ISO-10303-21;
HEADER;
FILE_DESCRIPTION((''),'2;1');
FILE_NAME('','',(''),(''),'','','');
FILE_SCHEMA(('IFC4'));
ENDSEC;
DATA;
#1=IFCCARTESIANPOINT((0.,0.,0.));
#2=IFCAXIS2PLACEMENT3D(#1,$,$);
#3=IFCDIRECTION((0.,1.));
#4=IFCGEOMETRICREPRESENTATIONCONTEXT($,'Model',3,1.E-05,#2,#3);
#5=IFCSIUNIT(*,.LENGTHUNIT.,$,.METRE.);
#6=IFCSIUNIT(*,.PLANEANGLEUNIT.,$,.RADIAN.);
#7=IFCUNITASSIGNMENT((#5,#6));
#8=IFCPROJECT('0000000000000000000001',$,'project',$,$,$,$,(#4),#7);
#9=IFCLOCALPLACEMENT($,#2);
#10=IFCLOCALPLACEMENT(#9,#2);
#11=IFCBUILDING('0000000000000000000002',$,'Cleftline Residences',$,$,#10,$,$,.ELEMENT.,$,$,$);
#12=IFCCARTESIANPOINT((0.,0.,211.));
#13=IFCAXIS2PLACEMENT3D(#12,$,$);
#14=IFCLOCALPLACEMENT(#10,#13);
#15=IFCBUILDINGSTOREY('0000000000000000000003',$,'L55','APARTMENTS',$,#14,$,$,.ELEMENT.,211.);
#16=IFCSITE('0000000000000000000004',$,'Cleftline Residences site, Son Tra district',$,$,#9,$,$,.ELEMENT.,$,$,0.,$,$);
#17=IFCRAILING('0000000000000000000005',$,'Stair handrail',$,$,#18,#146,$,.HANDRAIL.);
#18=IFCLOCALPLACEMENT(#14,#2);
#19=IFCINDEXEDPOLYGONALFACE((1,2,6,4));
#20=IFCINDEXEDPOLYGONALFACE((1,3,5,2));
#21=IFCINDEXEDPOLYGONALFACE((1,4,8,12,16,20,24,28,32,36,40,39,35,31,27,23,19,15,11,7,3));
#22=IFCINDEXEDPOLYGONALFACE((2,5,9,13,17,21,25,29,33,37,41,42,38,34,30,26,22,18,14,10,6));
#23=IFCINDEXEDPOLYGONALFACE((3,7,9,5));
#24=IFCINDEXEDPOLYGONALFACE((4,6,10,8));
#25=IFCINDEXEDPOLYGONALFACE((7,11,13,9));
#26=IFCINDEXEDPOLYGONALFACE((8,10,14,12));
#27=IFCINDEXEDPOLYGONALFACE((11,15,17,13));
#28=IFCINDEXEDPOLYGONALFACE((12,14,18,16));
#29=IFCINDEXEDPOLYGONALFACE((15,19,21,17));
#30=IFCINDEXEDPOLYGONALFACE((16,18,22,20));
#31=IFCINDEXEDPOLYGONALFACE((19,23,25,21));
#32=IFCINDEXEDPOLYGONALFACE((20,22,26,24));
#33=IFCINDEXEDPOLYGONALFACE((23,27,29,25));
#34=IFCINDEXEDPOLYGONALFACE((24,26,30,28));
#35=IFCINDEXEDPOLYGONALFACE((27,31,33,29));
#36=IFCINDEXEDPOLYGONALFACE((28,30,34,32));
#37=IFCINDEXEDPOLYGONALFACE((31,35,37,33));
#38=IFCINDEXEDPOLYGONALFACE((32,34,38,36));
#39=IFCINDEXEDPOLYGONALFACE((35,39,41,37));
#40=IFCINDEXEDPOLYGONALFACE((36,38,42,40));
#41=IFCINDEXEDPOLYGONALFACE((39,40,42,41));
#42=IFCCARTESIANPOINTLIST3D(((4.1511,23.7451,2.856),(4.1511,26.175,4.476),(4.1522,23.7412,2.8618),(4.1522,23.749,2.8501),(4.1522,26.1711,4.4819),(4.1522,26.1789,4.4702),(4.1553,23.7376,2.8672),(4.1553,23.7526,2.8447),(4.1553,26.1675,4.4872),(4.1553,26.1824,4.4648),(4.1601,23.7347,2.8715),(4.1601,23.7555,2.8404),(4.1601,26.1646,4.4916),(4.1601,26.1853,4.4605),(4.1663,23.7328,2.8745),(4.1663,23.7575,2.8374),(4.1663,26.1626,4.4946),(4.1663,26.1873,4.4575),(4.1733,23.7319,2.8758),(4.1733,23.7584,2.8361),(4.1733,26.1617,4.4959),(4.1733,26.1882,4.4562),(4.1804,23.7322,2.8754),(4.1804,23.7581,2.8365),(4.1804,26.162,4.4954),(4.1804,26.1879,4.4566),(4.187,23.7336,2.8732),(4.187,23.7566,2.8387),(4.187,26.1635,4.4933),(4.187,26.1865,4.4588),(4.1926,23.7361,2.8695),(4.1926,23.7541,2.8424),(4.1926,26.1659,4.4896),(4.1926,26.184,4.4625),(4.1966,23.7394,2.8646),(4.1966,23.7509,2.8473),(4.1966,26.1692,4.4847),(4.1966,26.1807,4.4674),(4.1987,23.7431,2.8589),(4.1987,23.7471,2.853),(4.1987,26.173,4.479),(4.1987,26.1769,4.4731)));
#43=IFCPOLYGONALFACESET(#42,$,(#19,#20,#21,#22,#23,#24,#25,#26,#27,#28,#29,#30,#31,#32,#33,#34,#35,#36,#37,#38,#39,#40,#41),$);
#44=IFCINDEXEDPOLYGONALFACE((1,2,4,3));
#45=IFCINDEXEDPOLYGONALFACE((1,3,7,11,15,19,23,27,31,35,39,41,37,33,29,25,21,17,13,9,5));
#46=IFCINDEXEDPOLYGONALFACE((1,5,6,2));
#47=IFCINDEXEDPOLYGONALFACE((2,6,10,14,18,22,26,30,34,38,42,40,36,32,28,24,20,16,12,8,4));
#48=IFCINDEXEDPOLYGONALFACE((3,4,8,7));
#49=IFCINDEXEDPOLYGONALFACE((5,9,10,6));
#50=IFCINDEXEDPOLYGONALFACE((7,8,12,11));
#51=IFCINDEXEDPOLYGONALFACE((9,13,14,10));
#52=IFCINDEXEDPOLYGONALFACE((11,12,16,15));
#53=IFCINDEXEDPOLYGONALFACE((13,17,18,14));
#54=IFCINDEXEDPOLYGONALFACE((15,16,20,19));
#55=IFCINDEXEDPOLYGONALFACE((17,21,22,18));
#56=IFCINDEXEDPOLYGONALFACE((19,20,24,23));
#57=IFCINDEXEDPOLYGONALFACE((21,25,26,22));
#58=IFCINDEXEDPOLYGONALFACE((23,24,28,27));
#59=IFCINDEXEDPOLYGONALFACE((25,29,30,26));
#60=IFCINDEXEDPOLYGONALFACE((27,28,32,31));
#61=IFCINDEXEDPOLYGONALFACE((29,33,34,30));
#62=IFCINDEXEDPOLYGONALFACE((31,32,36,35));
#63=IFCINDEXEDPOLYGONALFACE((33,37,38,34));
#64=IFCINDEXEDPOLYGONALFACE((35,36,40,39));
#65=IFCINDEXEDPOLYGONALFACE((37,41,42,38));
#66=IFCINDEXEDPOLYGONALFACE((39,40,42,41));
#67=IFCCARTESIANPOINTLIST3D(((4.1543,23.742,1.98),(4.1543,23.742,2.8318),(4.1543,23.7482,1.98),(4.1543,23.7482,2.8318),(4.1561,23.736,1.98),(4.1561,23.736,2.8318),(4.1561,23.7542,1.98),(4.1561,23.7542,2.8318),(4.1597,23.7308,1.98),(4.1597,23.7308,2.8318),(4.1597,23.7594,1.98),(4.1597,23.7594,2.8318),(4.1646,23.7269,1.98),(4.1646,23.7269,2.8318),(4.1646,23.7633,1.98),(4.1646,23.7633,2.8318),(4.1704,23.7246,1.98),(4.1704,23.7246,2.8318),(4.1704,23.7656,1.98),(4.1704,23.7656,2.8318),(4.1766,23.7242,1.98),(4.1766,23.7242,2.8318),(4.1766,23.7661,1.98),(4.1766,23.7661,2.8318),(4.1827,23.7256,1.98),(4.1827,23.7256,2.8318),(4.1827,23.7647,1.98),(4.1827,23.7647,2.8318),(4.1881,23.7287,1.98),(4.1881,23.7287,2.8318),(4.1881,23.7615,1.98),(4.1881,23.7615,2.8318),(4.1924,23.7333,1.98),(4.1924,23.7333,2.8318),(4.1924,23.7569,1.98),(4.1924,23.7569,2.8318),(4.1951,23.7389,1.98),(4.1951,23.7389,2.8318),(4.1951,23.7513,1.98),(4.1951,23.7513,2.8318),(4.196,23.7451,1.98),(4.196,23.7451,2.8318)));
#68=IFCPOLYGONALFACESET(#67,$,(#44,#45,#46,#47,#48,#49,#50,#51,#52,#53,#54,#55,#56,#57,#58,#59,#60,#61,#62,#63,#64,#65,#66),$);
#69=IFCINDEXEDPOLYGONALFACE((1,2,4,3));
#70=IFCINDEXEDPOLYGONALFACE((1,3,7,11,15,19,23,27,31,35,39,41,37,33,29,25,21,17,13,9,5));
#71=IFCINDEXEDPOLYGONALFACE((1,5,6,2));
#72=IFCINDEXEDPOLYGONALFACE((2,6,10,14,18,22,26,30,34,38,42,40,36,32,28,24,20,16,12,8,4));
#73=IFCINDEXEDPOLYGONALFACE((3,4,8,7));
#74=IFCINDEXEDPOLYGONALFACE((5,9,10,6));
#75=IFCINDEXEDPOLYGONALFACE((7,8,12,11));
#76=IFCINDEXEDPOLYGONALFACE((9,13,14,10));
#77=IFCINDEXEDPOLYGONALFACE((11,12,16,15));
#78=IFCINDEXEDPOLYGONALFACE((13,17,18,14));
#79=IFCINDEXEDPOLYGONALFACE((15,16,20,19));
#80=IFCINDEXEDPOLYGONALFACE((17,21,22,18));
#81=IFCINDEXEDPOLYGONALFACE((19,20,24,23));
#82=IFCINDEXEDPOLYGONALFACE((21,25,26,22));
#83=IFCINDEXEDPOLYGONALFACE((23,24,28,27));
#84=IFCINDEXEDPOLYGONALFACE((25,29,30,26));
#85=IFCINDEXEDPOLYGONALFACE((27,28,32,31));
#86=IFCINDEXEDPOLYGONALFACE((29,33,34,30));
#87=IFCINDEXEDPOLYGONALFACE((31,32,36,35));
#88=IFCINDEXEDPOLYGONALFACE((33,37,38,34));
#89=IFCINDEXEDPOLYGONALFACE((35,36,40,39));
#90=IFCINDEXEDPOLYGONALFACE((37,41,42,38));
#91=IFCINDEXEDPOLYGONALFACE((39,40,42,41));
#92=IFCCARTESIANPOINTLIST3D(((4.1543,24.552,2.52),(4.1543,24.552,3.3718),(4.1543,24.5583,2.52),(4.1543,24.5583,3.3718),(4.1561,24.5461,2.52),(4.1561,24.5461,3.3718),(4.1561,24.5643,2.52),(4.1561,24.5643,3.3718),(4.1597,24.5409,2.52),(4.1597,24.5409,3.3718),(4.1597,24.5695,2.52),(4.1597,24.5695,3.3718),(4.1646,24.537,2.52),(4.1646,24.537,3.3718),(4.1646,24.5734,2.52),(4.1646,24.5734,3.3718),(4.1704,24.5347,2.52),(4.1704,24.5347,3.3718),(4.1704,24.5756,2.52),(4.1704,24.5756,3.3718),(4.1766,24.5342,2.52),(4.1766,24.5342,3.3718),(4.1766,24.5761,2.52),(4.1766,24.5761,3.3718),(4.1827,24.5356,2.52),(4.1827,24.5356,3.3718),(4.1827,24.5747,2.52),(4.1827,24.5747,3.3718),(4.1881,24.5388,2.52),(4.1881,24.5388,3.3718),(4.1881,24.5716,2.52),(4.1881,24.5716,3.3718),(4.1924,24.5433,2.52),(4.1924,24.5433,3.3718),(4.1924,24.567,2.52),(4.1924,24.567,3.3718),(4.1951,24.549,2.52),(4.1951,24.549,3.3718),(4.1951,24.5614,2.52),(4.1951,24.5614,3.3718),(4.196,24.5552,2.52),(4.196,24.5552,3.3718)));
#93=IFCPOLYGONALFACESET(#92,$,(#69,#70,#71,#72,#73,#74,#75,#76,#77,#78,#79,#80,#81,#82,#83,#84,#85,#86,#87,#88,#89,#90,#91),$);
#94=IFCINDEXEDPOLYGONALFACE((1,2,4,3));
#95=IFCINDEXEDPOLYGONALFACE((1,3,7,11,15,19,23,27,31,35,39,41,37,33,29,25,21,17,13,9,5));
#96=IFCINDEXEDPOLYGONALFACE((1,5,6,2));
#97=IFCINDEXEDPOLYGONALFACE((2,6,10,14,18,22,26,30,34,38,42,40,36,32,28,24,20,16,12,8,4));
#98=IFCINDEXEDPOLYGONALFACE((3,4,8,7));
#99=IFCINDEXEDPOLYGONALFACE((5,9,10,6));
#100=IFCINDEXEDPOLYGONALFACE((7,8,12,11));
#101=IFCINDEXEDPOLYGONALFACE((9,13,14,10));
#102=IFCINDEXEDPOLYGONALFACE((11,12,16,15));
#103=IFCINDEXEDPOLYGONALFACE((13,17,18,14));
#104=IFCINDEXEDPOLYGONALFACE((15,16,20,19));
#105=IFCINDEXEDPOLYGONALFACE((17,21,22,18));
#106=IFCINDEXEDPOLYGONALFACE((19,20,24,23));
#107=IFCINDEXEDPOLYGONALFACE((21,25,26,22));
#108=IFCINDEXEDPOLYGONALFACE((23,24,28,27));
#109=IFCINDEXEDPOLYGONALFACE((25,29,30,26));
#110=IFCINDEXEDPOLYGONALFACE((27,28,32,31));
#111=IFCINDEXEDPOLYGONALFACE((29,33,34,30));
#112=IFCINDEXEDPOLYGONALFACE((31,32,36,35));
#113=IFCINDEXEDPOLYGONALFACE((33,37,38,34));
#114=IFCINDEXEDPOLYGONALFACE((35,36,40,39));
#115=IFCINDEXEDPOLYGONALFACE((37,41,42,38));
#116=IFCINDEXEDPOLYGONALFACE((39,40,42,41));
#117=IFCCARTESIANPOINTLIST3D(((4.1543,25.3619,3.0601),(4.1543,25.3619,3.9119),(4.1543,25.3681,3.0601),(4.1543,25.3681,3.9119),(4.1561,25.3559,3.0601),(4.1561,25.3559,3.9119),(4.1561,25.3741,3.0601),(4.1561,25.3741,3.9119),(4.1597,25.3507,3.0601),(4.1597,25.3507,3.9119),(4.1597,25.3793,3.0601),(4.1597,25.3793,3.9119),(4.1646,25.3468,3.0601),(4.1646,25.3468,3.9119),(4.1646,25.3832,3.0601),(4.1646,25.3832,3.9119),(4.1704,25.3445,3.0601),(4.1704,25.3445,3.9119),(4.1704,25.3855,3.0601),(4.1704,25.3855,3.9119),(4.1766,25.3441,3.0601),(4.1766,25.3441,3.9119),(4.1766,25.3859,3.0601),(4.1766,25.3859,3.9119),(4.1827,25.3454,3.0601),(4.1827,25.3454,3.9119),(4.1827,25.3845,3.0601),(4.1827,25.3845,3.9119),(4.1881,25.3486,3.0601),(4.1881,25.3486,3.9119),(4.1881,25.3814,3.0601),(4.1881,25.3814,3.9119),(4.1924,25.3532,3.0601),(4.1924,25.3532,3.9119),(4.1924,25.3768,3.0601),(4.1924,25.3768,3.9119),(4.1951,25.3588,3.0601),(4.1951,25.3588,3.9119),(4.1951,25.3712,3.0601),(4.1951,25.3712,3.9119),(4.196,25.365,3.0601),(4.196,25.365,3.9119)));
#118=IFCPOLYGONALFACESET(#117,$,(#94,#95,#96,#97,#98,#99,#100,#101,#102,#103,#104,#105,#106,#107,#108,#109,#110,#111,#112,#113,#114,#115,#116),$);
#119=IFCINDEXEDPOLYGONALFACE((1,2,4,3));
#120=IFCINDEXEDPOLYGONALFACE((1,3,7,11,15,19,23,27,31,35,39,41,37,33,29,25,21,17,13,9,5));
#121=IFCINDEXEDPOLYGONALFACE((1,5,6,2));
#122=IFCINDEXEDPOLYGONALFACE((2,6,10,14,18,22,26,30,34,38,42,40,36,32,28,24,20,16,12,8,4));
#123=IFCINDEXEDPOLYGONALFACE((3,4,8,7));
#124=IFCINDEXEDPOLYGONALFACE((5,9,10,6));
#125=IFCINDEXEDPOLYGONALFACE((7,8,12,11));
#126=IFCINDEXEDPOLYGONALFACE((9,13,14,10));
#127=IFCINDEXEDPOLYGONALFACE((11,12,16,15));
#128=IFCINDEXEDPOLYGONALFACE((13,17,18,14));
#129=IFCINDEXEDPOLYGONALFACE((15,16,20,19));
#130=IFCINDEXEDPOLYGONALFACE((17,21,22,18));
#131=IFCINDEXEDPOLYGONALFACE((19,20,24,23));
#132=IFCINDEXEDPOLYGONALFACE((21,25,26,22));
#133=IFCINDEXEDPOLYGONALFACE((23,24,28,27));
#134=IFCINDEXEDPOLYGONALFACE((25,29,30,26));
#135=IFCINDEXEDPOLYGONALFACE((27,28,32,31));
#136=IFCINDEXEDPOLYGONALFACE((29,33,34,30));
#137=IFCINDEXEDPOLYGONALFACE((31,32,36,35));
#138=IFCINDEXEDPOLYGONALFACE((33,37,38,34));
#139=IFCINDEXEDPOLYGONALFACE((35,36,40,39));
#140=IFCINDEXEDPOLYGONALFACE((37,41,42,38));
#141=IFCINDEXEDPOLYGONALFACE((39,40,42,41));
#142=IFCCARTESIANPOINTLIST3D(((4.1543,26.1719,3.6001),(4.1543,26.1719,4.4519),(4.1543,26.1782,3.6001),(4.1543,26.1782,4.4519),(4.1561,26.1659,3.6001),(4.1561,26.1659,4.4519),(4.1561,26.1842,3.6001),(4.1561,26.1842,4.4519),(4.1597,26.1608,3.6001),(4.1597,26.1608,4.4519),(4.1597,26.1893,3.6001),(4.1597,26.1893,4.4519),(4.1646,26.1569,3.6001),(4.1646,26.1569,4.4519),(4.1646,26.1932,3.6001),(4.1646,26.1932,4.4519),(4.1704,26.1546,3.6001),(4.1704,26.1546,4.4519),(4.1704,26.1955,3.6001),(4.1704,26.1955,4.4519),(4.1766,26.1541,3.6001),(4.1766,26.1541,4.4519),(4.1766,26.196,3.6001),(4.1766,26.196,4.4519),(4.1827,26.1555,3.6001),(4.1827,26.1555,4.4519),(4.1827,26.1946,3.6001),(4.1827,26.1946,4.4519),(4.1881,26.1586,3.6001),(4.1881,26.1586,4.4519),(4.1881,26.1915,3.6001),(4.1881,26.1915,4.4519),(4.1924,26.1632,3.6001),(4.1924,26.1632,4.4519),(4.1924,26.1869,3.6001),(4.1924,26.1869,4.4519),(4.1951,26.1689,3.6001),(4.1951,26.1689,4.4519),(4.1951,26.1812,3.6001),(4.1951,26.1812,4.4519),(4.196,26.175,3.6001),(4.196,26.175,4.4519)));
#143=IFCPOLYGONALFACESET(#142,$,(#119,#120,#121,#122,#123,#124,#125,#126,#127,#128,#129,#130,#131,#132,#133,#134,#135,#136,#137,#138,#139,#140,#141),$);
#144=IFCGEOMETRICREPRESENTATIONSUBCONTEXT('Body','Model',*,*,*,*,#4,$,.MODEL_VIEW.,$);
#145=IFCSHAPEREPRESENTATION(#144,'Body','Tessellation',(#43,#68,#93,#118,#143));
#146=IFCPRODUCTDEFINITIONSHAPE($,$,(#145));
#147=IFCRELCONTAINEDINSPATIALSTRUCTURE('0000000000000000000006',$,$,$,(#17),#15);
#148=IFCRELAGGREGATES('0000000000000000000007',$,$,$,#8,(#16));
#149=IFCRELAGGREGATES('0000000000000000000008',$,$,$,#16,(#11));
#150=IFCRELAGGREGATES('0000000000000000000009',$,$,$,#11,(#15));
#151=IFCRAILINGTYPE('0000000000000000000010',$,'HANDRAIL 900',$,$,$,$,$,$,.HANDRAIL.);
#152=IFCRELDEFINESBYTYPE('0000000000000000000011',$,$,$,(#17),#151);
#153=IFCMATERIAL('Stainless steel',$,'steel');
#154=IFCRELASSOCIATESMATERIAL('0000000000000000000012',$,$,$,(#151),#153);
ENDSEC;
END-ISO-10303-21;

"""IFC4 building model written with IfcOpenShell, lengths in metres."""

from ifc_helpers import new_model, si_unit, direction, frame, origin, origin_2d, place, context, subcontext, project, spatial, circle, extrude, material, type_object, element, save


model = new_model("IFC4")

# Units and contexts
model_context = context("Model", 3, precision=1e-05, world=origin(), true_north=direction((0.0, 1.0)))
body_context = subcontext(model_context, "Body", "Model", "MODEL_VIEW")
ifc_project = project(units=[si_unit("LENGTHUNIT", "METRE"), si_unit("PLANEANGLEUNIT", "RADIAN")], contexts=[model_context])

# Site, building, storey
site_placement = place(None, origin())
site = spatial("IfcSite", under=ifc_project, at=site_placement, Name="Cleftline Residences site, Son Tra district", CompositionType="ELEMENT", RefElevation=0.0)
building_placement = place(site_placement, origin())
building = spatial("IfcBuilding", under=site, at=building_placement, Name="Cleftline Residences", CompositionType="ELEMENT")
storey_placement = place(building_placement, frame((0.0, 0.0, 211.0)))
storey = spatial("IfcBuildingStorey", under=building, at=storey_placement, Name="L55", Description="APARTMENTS", CompositionType="ELEMENT", Elevation=211.0)

# Railing
ifc_material_1 = material(Name="Stainless steel", Category="steel")
railing_type = type_object("IfcRailingType", Name="HANDRAIL 900", PredefinedType="HANDRAIL", material=ifc_material_1)
railing_1_placement = place(storey_placement, frame((4.175, 23.7451, 1.98)))
element("IfcRailing", 1, at=railing_1_placement, inside=storey, type_object=railing_type, Name="Stair handrail", PredefinedType="HANDRAIL", context=body_context, shape_type="SweptSolid", body=[
    extrude(circle(Radius=0.0239, at=origin_2d()), frame((0.0, 0.0, 0.876), z_axis=(0.0, 0.832025, 0.554739), x_axis=(-1.0, 0.0, 0.0)), (0.0, 0.0, 1.0), 2.9204),
    extrude(circle(Radius=0.021, at=origin_2d()), origin(), (0.0, 0.0, 1.0), 0.8518),
    extrude(circle(Radius=0.021, at=origin_2d()), frame((0.0, 0.8101, 0.54)), (0.0, 0.0, 1.0), 0.8518),
    extrude(circle(Radius=0.021, at=origin_2d()), frame((0.0, 1.6199, 1.0801)), (0.0, 0.0, 1.0), 0.8518),
    extrude(circle(Radius=0.021, at=origin_2d()), frame((0.0, 2.4299, 1.6201)), (0.0, 0.0, 1.0), 0.8518),
])

save(model, "model.ifc")
